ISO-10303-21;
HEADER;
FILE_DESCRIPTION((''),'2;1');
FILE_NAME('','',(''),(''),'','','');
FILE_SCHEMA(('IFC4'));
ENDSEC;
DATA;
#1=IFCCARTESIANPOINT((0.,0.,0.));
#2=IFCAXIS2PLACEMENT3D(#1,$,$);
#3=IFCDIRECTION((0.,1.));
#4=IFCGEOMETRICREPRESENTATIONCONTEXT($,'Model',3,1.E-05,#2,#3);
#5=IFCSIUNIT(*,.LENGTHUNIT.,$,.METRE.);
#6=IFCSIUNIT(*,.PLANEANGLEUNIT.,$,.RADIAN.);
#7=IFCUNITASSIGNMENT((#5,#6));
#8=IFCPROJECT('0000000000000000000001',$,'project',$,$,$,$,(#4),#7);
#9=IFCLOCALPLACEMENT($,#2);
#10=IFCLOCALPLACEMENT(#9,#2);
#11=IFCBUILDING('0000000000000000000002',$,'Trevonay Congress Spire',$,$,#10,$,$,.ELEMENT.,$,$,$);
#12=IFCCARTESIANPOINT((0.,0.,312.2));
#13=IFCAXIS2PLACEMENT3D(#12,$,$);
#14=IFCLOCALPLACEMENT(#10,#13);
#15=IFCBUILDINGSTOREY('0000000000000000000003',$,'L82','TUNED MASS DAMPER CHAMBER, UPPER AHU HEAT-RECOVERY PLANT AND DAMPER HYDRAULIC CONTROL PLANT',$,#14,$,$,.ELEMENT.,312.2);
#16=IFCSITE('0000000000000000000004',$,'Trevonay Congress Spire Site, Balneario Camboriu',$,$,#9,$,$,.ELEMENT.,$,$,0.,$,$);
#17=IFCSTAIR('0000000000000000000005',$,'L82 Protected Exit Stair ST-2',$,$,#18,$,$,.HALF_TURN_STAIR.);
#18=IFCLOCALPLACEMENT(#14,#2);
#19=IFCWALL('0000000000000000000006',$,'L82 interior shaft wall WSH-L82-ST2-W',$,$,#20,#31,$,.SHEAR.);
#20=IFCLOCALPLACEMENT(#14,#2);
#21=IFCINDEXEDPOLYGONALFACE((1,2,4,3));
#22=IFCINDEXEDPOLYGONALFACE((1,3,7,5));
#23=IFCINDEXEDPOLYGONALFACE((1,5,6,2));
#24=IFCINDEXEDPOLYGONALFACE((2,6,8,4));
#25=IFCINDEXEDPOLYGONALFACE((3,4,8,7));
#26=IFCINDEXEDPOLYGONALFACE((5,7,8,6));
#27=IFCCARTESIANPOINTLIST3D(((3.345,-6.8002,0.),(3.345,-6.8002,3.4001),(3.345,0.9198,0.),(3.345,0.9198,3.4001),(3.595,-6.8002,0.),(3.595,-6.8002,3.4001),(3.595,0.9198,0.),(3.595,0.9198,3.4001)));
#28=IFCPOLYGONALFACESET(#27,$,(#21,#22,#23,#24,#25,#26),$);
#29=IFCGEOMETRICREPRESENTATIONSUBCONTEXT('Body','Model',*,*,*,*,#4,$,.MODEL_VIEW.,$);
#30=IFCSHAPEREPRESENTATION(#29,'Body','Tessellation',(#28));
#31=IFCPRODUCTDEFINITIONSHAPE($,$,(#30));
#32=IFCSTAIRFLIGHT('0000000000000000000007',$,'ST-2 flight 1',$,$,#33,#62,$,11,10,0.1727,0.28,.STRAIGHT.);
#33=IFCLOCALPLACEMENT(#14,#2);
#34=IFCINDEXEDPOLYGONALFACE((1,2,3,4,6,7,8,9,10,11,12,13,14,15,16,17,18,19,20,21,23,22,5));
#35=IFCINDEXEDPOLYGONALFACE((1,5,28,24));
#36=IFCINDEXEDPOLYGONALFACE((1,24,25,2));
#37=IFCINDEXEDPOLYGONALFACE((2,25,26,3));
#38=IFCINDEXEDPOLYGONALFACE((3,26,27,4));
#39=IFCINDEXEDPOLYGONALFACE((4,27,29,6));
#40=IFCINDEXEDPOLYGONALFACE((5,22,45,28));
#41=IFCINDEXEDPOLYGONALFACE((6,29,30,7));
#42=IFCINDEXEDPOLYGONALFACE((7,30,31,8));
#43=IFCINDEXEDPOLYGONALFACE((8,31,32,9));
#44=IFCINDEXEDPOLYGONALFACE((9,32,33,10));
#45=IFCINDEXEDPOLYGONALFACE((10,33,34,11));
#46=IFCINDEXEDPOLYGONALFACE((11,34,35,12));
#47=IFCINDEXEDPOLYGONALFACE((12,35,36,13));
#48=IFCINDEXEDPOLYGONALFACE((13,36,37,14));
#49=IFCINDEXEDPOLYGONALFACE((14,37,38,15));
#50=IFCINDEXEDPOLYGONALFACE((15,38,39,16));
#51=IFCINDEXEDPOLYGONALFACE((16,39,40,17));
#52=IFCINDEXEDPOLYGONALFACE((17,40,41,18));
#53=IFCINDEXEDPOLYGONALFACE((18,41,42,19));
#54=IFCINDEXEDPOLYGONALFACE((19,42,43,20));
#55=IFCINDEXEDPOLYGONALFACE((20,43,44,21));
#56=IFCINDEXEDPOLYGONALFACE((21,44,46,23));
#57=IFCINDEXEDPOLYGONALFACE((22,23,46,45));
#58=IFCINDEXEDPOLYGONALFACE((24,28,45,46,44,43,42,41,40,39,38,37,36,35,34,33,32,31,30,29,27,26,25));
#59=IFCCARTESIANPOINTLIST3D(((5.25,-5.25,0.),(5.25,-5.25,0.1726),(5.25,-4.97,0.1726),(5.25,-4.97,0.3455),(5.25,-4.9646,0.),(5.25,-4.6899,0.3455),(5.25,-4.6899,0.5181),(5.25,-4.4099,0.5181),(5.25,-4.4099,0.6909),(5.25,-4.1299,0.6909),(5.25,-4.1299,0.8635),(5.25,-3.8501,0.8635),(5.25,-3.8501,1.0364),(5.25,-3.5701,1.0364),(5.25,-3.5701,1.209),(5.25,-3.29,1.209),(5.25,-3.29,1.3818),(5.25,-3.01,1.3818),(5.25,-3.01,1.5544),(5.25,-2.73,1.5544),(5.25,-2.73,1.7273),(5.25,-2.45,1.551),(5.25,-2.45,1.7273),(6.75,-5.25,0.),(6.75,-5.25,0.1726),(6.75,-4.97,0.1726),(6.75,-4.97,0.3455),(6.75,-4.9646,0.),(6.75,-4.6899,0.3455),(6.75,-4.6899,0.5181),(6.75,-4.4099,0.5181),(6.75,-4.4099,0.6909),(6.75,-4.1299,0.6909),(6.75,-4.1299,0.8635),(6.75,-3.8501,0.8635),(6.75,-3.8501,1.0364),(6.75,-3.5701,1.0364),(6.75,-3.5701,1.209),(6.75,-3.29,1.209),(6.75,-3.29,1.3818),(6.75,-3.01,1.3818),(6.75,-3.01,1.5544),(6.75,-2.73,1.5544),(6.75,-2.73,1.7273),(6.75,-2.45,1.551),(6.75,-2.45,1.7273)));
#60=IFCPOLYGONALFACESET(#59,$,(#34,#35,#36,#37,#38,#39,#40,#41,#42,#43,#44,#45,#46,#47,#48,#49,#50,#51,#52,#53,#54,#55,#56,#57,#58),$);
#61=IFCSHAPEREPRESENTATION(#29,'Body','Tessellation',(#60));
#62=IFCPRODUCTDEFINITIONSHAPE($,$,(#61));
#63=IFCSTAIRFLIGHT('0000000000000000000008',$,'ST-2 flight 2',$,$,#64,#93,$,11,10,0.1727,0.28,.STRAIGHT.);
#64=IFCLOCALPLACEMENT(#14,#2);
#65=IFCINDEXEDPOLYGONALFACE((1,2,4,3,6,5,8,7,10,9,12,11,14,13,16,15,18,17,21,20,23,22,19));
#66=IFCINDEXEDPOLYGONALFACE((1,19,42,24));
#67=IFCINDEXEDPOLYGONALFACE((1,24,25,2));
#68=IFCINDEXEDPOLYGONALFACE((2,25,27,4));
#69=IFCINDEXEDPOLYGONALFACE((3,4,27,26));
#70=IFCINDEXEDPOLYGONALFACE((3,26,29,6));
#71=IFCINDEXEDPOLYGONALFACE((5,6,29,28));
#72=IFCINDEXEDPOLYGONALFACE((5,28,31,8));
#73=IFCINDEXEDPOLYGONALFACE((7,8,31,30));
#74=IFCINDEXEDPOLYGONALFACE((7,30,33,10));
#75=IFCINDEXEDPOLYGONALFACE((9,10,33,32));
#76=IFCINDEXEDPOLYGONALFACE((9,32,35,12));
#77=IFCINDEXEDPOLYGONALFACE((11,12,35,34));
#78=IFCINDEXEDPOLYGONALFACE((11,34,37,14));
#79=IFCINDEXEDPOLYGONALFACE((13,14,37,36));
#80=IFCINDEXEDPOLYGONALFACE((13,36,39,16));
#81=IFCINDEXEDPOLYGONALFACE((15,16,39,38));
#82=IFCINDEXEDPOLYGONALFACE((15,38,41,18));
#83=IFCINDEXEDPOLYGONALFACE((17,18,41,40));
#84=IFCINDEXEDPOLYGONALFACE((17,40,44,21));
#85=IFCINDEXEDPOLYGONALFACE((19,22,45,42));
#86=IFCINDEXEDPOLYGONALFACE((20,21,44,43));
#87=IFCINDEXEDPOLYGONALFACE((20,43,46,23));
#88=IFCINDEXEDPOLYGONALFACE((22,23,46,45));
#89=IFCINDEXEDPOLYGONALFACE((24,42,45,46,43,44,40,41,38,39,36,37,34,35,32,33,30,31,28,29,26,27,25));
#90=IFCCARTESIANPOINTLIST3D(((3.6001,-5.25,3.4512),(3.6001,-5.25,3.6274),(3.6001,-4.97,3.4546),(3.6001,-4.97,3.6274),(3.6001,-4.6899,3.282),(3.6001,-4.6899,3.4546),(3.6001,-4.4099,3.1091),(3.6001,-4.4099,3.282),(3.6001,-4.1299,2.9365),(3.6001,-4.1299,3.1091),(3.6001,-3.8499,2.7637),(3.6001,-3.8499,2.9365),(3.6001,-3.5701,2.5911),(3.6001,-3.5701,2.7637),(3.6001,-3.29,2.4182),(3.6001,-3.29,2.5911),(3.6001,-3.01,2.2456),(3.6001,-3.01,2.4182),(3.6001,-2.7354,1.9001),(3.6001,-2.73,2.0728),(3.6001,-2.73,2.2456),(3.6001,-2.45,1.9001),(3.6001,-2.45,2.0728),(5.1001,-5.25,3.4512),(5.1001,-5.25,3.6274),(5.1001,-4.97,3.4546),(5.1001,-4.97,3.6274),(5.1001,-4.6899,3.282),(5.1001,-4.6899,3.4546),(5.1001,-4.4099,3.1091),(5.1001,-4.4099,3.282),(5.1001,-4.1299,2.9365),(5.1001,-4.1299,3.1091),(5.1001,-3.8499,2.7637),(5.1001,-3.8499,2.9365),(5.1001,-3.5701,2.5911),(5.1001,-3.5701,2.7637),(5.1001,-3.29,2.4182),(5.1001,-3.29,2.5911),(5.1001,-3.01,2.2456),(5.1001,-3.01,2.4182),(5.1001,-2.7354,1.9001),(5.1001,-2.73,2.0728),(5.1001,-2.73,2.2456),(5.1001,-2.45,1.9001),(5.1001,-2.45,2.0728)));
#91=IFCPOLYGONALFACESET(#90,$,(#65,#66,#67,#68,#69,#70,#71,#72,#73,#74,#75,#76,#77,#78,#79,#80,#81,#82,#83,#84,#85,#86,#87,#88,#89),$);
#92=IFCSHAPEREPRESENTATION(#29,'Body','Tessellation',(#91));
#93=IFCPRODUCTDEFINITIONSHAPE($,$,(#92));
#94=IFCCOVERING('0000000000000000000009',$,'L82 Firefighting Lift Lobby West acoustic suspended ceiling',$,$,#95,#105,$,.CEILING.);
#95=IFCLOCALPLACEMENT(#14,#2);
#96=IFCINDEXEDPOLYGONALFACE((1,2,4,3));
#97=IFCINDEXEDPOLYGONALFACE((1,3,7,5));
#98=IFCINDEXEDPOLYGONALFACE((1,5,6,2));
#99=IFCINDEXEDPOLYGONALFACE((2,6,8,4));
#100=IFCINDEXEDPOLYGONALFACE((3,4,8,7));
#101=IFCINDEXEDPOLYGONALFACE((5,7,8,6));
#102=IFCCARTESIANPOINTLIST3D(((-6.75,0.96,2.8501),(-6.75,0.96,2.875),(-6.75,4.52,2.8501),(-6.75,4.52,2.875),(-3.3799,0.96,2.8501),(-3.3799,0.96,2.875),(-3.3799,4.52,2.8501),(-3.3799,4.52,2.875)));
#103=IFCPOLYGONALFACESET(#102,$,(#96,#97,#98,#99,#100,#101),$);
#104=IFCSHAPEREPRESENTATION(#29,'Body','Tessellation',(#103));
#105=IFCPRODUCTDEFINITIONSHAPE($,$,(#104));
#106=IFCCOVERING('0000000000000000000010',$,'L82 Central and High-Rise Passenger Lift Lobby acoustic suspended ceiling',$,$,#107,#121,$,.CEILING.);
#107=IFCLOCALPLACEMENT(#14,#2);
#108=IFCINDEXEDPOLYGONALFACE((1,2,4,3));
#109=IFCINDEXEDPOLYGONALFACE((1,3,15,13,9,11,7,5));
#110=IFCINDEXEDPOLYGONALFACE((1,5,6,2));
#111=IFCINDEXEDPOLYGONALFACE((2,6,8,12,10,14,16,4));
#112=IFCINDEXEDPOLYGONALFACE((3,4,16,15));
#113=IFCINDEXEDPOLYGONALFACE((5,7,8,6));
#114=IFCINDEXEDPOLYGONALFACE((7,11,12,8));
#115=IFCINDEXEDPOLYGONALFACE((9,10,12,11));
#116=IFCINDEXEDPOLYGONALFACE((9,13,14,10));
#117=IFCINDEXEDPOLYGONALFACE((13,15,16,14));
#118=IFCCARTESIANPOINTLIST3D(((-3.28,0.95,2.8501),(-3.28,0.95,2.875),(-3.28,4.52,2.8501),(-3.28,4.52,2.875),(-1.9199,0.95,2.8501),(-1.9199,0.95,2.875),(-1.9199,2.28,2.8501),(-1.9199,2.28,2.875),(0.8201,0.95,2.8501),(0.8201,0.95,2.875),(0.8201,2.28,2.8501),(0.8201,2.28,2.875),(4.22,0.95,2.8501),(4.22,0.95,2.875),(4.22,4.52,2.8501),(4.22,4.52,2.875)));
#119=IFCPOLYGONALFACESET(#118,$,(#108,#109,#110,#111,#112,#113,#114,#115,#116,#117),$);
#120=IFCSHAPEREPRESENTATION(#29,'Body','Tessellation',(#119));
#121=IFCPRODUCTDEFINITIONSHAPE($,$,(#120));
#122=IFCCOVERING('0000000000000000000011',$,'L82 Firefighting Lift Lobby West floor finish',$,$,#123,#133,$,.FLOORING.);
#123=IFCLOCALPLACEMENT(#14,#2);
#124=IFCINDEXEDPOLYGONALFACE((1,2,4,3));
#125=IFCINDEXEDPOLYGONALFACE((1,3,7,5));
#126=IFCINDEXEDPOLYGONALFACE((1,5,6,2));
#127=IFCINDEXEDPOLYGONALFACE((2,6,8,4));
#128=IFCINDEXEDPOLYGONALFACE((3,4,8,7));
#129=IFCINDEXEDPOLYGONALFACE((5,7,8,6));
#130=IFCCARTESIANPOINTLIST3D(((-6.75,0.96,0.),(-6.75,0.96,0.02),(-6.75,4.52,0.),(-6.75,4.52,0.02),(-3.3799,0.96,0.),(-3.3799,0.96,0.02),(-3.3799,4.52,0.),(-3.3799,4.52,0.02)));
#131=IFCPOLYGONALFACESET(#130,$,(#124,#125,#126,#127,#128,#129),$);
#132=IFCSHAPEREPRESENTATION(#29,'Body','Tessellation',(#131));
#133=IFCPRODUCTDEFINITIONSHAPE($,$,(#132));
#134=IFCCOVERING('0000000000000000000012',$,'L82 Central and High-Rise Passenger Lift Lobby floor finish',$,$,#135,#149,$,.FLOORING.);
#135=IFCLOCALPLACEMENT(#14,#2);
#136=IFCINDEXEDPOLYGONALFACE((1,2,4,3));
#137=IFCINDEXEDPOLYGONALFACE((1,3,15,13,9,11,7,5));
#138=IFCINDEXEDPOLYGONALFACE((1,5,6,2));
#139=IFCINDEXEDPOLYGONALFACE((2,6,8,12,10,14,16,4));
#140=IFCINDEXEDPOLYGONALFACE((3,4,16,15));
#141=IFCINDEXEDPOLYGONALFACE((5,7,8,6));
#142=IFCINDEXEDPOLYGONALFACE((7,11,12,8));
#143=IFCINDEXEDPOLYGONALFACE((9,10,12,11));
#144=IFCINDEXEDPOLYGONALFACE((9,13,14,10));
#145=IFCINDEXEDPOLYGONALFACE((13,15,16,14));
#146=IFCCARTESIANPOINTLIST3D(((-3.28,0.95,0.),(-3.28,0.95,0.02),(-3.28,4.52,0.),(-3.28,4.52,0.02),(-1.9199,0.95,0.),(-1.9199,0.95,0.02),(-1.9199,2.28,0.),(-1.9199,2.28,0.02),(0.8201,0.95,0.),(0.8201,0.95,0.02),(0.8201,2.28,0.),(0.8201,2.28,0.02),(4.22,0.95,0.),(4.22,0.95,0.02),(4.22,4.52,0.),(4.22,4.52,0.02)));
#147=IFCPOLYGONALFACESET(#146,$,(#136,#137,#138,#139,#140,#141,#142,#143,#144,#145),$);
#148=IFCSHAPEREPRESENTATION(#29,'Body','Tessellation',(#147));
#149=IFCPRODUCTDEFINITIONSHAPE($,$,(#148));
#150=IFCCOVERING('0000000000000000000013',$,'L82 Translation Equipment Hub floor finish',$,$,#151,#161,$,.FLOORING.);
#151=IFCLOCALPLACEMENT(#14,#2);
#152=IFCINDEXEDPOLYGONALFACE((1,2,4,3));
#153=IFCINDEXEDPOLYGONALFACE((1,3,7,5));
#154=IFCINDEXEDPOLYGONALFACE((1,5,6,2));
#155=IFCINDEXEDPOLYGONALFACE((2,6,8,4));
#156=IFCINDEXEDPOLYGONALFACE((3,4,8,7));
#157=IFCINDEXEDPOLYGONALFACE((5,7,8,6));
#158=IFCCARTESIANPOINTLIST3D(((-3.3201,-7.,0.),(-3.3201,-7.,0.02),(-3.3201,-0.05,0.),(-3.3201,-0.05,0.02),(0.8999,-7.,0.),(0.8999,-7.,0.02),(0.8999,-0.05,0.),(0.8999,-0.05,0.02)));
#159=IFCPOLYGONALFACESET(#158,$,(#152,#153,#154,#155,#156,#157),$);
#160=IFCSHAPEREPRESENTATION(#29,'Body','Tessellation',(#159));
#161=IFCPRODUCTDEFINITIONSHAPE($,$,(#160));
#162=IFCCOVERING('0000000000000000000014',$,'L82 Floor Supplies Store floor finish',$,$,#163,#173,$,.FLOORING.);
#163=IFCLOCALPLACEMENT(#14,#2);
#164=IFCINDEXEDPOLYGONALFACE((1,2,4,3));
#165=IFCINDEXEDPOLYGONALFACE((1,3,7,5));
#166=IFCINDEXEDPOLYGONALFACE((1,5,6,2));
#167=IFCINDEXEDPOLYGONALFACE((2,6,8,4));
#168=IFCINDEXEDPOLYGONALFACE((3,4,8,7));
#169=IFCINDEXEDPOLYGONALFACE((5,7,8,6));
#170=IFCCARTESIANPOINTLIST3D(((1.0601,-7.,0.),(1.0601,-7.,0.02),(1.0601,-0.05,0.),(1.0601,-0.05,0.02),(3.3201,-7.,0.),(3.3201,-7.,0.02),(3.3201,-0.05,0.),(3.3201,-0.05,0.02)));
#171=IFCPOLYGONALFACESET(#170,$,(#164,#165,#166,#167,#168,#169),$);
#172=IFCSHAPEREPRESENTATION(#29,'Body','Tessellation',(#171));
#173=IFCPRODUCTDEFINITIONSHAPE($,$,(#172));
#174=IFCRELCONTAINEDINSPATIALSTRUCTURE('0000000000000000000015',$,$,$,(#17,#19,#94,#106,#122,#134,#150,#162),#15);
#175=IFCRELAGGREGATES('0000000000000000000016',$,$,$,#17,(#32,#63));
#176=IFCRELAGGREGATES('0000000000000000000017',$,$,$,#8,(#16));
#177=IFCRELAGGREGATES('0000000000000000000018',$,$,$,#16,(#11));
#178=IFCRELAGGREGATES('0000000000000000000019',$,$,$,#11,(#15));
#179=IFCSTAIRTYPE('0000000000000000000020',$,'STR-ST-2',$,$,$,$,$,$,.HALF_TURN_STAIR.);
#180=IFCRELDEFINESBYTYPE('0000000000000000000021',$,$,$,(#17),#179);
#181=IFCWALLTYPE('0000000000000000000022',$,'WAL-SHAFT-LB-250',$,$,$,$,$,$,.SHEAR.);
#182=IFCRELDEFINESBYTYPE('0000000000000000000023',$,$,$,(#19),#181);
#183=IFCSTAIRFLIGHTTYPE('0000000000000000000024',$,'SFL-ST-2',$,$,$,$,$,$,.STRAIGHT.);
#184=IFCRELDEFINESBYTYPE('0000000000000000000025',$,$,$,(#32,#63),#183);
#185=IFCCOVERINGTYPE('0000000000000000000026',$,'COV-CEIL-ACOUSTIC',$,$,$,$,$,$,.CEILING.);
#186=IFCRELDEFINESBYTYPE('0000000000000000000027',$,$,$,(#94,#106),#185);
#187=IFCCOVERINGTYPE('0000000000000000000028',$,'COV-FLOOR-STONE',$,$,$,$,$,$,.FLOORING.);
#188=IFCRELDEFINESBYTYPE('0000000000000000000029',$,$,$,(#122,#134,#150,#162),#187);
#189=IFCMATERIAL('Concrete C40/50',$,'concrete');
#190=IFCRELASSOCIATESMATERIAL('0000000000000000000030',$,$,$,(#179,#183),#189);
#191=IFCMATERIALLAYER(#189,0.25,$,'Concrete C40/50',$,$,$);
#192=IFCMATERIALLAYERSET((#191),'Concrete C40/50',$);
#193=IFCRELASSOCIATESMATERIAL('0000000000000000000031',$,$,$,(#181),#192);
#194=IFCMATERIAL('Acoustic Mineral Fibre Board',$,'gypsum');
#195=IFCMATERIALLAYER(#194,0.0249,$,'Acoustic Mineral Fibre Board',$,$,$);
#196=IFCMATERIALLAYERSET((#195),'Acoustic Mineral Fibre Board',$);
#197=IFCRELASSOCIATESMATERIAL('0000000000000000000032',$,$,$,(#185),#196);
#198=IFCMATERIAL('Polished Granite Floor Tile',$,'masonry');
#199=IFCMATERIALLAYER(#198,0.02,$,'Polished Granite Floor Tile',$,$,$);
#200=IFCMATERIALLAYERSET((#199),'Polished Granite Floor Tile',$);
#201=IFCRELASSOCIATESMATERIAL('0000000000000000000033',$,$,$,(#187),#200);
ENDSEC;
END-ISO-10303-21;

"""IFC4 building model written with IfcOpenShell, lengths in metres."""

from ifc_helpers import new_model, si_unit, direction, frame, frame_2d, origin, place, context, subcontext, project, spatial, polyline, rectangle, outline, extrude, material, layer, layer_set, type_object, element, aggregate, save


model = new_model("IFC4")

# Units and contexts
model_context = context("Model", 3, precision=1e-05, world=origin(), true_north=direction((0.0, 1.0)))
body_context = subcontext(model_context, "Body", "Model", "MODEL_VIEW")
ifc_project = project(units=[si_unit("LENGTHUNIT", "METRE"), si_unit("PLANEANGLEUNIT", "RADIAN")], contexts=[model_context])

# Site, building, storey
site_placement = place(None, origin())
site = spatial("IfcSite", under=ifc_project, at=site_placement, Name="Trevonay Congress Spire Site, Balneario Camboriu", CompositionType="ELEMENT", RefElevation=0.0)
building_placement = place(site_placement, origin())
building = spatial("IfcBuilding", under=site, at=building_placement, Name="Trevonay Congress Spire", CompositionType="ELEMENT")
storey_placement = place(building_placement, frame((0.0, 0.0, 312.2)))
storey = spatial("IfcBuildingStorey", under=building, at=storey_placement, Name="L82", Description="TUNED MASS DAMPER CHAMBER, UPPER AHU HEAT-RECOVERY PLANT AND DAMPER HYDRAULIC CONTROL PLANT", CompositionType="ELEMENT", Elevation=312.2)

# Stair
ifc_material_1 = material(Name="Concrete C40/50", Category="concrete")
stair_type_1 = type_object("IfcStairType", Name="STR-ST-2", PredefinedType="HALF_TURN_STAIR", material=ifc_material_1)
stair_1_placement = place(storey_placement, origin())
stair_1 = element("IfcStair", 1, at=stair_1_placement, inside=storey, type_object=stair_type_1, Name="L82 Protected Exit Stair ST-2", PredefinedType="HALF_TURN_STAIR")

# Wall
ifc_layer_1 = layer(ifc_material_1, 0.25, Name="Concrete C40/50")
ifc_layer_set_1 = layer_set([ifc_layer_1], Name="Concrete C40/50")
wall_type_1 = type_object("IfcWallType", Name="WAL-SHAFT-LB-250", PredefinedType="SHEAR", material=ifc_layer_set_1)
wall_1_placement = place(storey_placement, frame((3.47, -6.8, 0.0), z_axis=(0.0, 0.0, 1.0), x_axis=(0.0, 1.0, 0.0)))
element("IfcWall", 2, at=wall_1_placement, inside=storey, type_object=wall_type_1, Name="L82 interior shaft wall WSH-L82-ST2-W", PredefinedType="SHEAR", context=body_context, shape_type="SweptSolid", body=[
    extrude(rectangle(XDim=7.72, YDim=0.25, at=frame_2d((3.8599, 0.0))), origin(), (0.0, 0.0, 1.0), 3.4001),
])

# Stair flights
stair_flight_type = type_object("IfcStairFlightType", Name="SFL-ST-2", PredefinedType="STRAIGHT", material=ifc_material_1)
stair_flight_1_placement = place(storey_placement, frame((6.0, -5.25, 0.0), z_axis=(0.0, 0.0, 1.0), x_axis=(0.0, 1.0, 0.0)))
stair_flight_1 = element("IfcStairFlight", 3, at=stair_flight_1_placement, type_object=stair_flight_type, Name="ST-2 flight 1", NumberOfRisers=11, NumberOfTreads=10, PredefinedType="STRAIGHT", RiserHeight=0.1727, TreadLength=0.28, context=body_context, shape_type="SweptSolid", body=[
    extrude(outline(polyline([(0.0, 0.0), (0.0, 0.1726), (0.28, 0.1726), (0.28, 0.3455), (0.5601, 0.3455), (0.5601, 0.5181), (0.8401, 0.5181), (0.8401, 0.6909), (1.1201, 0.6909), (1.1201, 0.8635), (1.3999, 0.8635), (1.3999, 1.0364), (1.6799, 1.0364), (1.6799, 1.209), (1.96, 1.209), (1.96, 1.3818), (2.24, 1.3818), (2.24, 1.5544), (2.52, 1.5544), (2.52, 1.7273), (2.8, 1.7273), (2.8, 1.8999), (2.8, 1.551), (0.2854, 0.0), (0.0, 0.0)])), frame((0.0, 0.75, 0.0), z_axis=(0.0, -1.0, 0.0), x_axis=(1.0, 0.0, 0.0)), (0.0, 0.0, 1.0), 1.5),
])
stair_flight_2_placement = place(storey_placement, frame((4.3501, -2.45, 1.9001), z_axis=(0.0, 0.0, 1.0), x_axis=(0.0, -1.0, 0.0)))
stair_flight_2 = element("IfcStairFlight", 4, at=stair_flight_2_placement, type_object=stair_flight_type, Name="ST-2 flight 2", NumberOfRisers=11, NumberOfTreads=10, PredefinedType="STRAIGHT", RiserHeight=0.1727, TreadLength=0.28, context=body_context, shape_type="SweptSolid", body=[
    extrude(outline(polyline([(0.0, 0.0), (0.0, 0.1726), (0.28, 0.1726), (0.28, 0.3455), (0.5601, 0.3455), (0.5601, 0.5181), (0.8401, 0.5181), (0.8401, 0.6909), (1.1201, 0.6909), (1.1201, 0.8635), (1.3999, 0.8635), (1.3999, 1.0364), (1.6799, 1.0364), (1.6799, 1.209), (1.96, 1.209), (1.96, 1.3818), (2.24, 1.3818), (2.24, 1.5544), (2.52, 1.5544), (2.52, 1.7273), (2.8, 1.7273), (2.8, 1.8999), (2.8, 1.551), (0.2854, 0.0), (0.0, 0.0)])), frame((0.0, 0.75, 0.0), z_axis=(0.0, -1.0, 0.0), x_axis=(1.0, 0.0, 0.0)), (0.0, 0.0, 1.0), 1.5),
])
aggregate(stair_1, [stair_flight_1, stair_flight_2])

# Coverings
ifc_material_2 = material(Name="Acoustic Mineral Fibre Board", Category="gypsum")
ifc_layer_2 = layer(ifc_material_2, 0.0249, Name="Acoustic Mineral Fibre Board")
ifc_layer_set_2 = layer_set([ifc_layer_2], Name="Acoustic Mineral Fibre Board")
covering_type_1 = type_object("IfcCoveringType", Name="COV-CEIL-ACOUSTIC", PredefinedType="CEILING", material=ifc_layer_set_2)
covering_1_placement = place(storey_placement, frame((0.0, 0.0, 2.8501)))
element("IfcCovering", 5, at=covering_1_placement, inside=storey, type_object=covering_type_1, Name="L82 Firefighting Lift Lobby West acoustic suspended ceiling", PredefinedType="CEILING", context=body_context, shape_type="SweptSolid", body=[
    extrude(outline(polyline([(-6.75, 0.96), (-3.3799, 0.96), (-3.3799, 4.52), (-6.75, 4.52), (-6.75, 0.96)])), origin(), (0.0, 0.0, 1.0), 0.0249),
])
covering_2_placement = place(storey_placement, frame((0.0, 0.0, 2.8501)))
element("IfcCovering", 6, at=covering_2_placement, inside=storey, type_object=covering_type_1, Name="L82 Central and High-Rise Passenger Lift Lobby acoustic suspended ceiling", PredefinedType="CEILING", context=body_context, shape_type="SweptSolid", body=[
    extrude(outline(polyline([(-3.28, 0.95), (-1.9199, 0.95), (-1.9199, 2.28), (0.8201, 2.28), (0.8201, 0.95), (4.22, 0.95), (4.22, 4.52), (-3.28, 4.52), (-3.28, 0.95)])), origin(), (0.0, 0.0, 1.0), 0.0249),
])
ifc_material_3 = material(Name="Polished Granite Floor Tile", Category="masonry")
ifc_layer_3 = layer(ifc_material_3, 0.02, Name="Polished Granite Floor Tile")
ifc_layer_set_3 = layer_set([ifc_layer_3], Name="Polished Granite Floor Tile")
covering_type_2 = type_object("IfcCoveringType", Name="COV-FLOOR-STONE", PredefinedType="FLOORING", material=ifc_layer_set_3)
covering_3_placement = place(storey_placement, origin())
element("IfcCovering", 7, at=covering_3_placement, inside=storey, type_object=covering_type_2, Name="L82 Firefighting Lift Lobby West floor finish", PredefinedType="FLOORING", context=body_context, shape_type="SweptSolid", body=[
    extrude(outline(polyline([(-6.75, 0.96), (-3.3799, 0.96), (-3.3799, 4.52), (-6.75, 4.52), (-6.75, 0.96)])), origin(), (0.0, 0.0, 1.0), 0.02),
])
covering_4_placement = place(storey_placement, origin())
element("IfcCovering", 8, at=covering_4_placement, inside=storey, type_object=covering_type_2, Name="L82 Central and High-Rise Passenger Lift Lobby floor finish", PredefinedType="FLOORING", context=body_context, shape_type="SweptSolid", body=[
    extrude(outline(polyline([(-3.28, 0.95), (-1.9199, 0.95), (-1.9199, 2.28), (0.8201, 2.28), (0.8201, 0.95), (4.22, 0.95), (4.22, 4.52), (-3.28, 4.52), (-3.28, 0.95)])), origin(), (0.0, 0.0, 1.0), 0.02),
])
covering_5_placement = place(storey_placement, origin())
element("IfcCovering", 9, at=covering_5_placement, inside=storey, type_object=covering_type_2, Name="L82 Translation Equipment Hub floor finish", PredefinedType="FLOORING", context=body_context, shape_type="SweptSolid", body=[
    extrude(outline(polyline([(-3.3201, -7.0), (0.8999, -7.0), (0.8999, -0.05), (-3.3201, -0.05), (-3.3201, -7.0)])), origin(), (0.0, 0.0, 1.0), 0.02),
])
covering_6_placement = place(storey_placement, origin())
element("IfcCovering", 10, at=covering_6_placement, inside=storey, type_object=covering_type_2, Name="L82 Floor Supplies Store floor finish", PredefinedType="FLOORING", context=body_context, shape_type="SweptSolid", body=[
    extrude(outline(polyline([(1.0601, -7.0), (3.3201, -7.0), (3.3201, -0.05), (1.0601, -0.05), (1.0601, -7.0)])), origin(), (0.0, 0.0, 1.0), 0.02),
])

save(model, "model.ifc")
